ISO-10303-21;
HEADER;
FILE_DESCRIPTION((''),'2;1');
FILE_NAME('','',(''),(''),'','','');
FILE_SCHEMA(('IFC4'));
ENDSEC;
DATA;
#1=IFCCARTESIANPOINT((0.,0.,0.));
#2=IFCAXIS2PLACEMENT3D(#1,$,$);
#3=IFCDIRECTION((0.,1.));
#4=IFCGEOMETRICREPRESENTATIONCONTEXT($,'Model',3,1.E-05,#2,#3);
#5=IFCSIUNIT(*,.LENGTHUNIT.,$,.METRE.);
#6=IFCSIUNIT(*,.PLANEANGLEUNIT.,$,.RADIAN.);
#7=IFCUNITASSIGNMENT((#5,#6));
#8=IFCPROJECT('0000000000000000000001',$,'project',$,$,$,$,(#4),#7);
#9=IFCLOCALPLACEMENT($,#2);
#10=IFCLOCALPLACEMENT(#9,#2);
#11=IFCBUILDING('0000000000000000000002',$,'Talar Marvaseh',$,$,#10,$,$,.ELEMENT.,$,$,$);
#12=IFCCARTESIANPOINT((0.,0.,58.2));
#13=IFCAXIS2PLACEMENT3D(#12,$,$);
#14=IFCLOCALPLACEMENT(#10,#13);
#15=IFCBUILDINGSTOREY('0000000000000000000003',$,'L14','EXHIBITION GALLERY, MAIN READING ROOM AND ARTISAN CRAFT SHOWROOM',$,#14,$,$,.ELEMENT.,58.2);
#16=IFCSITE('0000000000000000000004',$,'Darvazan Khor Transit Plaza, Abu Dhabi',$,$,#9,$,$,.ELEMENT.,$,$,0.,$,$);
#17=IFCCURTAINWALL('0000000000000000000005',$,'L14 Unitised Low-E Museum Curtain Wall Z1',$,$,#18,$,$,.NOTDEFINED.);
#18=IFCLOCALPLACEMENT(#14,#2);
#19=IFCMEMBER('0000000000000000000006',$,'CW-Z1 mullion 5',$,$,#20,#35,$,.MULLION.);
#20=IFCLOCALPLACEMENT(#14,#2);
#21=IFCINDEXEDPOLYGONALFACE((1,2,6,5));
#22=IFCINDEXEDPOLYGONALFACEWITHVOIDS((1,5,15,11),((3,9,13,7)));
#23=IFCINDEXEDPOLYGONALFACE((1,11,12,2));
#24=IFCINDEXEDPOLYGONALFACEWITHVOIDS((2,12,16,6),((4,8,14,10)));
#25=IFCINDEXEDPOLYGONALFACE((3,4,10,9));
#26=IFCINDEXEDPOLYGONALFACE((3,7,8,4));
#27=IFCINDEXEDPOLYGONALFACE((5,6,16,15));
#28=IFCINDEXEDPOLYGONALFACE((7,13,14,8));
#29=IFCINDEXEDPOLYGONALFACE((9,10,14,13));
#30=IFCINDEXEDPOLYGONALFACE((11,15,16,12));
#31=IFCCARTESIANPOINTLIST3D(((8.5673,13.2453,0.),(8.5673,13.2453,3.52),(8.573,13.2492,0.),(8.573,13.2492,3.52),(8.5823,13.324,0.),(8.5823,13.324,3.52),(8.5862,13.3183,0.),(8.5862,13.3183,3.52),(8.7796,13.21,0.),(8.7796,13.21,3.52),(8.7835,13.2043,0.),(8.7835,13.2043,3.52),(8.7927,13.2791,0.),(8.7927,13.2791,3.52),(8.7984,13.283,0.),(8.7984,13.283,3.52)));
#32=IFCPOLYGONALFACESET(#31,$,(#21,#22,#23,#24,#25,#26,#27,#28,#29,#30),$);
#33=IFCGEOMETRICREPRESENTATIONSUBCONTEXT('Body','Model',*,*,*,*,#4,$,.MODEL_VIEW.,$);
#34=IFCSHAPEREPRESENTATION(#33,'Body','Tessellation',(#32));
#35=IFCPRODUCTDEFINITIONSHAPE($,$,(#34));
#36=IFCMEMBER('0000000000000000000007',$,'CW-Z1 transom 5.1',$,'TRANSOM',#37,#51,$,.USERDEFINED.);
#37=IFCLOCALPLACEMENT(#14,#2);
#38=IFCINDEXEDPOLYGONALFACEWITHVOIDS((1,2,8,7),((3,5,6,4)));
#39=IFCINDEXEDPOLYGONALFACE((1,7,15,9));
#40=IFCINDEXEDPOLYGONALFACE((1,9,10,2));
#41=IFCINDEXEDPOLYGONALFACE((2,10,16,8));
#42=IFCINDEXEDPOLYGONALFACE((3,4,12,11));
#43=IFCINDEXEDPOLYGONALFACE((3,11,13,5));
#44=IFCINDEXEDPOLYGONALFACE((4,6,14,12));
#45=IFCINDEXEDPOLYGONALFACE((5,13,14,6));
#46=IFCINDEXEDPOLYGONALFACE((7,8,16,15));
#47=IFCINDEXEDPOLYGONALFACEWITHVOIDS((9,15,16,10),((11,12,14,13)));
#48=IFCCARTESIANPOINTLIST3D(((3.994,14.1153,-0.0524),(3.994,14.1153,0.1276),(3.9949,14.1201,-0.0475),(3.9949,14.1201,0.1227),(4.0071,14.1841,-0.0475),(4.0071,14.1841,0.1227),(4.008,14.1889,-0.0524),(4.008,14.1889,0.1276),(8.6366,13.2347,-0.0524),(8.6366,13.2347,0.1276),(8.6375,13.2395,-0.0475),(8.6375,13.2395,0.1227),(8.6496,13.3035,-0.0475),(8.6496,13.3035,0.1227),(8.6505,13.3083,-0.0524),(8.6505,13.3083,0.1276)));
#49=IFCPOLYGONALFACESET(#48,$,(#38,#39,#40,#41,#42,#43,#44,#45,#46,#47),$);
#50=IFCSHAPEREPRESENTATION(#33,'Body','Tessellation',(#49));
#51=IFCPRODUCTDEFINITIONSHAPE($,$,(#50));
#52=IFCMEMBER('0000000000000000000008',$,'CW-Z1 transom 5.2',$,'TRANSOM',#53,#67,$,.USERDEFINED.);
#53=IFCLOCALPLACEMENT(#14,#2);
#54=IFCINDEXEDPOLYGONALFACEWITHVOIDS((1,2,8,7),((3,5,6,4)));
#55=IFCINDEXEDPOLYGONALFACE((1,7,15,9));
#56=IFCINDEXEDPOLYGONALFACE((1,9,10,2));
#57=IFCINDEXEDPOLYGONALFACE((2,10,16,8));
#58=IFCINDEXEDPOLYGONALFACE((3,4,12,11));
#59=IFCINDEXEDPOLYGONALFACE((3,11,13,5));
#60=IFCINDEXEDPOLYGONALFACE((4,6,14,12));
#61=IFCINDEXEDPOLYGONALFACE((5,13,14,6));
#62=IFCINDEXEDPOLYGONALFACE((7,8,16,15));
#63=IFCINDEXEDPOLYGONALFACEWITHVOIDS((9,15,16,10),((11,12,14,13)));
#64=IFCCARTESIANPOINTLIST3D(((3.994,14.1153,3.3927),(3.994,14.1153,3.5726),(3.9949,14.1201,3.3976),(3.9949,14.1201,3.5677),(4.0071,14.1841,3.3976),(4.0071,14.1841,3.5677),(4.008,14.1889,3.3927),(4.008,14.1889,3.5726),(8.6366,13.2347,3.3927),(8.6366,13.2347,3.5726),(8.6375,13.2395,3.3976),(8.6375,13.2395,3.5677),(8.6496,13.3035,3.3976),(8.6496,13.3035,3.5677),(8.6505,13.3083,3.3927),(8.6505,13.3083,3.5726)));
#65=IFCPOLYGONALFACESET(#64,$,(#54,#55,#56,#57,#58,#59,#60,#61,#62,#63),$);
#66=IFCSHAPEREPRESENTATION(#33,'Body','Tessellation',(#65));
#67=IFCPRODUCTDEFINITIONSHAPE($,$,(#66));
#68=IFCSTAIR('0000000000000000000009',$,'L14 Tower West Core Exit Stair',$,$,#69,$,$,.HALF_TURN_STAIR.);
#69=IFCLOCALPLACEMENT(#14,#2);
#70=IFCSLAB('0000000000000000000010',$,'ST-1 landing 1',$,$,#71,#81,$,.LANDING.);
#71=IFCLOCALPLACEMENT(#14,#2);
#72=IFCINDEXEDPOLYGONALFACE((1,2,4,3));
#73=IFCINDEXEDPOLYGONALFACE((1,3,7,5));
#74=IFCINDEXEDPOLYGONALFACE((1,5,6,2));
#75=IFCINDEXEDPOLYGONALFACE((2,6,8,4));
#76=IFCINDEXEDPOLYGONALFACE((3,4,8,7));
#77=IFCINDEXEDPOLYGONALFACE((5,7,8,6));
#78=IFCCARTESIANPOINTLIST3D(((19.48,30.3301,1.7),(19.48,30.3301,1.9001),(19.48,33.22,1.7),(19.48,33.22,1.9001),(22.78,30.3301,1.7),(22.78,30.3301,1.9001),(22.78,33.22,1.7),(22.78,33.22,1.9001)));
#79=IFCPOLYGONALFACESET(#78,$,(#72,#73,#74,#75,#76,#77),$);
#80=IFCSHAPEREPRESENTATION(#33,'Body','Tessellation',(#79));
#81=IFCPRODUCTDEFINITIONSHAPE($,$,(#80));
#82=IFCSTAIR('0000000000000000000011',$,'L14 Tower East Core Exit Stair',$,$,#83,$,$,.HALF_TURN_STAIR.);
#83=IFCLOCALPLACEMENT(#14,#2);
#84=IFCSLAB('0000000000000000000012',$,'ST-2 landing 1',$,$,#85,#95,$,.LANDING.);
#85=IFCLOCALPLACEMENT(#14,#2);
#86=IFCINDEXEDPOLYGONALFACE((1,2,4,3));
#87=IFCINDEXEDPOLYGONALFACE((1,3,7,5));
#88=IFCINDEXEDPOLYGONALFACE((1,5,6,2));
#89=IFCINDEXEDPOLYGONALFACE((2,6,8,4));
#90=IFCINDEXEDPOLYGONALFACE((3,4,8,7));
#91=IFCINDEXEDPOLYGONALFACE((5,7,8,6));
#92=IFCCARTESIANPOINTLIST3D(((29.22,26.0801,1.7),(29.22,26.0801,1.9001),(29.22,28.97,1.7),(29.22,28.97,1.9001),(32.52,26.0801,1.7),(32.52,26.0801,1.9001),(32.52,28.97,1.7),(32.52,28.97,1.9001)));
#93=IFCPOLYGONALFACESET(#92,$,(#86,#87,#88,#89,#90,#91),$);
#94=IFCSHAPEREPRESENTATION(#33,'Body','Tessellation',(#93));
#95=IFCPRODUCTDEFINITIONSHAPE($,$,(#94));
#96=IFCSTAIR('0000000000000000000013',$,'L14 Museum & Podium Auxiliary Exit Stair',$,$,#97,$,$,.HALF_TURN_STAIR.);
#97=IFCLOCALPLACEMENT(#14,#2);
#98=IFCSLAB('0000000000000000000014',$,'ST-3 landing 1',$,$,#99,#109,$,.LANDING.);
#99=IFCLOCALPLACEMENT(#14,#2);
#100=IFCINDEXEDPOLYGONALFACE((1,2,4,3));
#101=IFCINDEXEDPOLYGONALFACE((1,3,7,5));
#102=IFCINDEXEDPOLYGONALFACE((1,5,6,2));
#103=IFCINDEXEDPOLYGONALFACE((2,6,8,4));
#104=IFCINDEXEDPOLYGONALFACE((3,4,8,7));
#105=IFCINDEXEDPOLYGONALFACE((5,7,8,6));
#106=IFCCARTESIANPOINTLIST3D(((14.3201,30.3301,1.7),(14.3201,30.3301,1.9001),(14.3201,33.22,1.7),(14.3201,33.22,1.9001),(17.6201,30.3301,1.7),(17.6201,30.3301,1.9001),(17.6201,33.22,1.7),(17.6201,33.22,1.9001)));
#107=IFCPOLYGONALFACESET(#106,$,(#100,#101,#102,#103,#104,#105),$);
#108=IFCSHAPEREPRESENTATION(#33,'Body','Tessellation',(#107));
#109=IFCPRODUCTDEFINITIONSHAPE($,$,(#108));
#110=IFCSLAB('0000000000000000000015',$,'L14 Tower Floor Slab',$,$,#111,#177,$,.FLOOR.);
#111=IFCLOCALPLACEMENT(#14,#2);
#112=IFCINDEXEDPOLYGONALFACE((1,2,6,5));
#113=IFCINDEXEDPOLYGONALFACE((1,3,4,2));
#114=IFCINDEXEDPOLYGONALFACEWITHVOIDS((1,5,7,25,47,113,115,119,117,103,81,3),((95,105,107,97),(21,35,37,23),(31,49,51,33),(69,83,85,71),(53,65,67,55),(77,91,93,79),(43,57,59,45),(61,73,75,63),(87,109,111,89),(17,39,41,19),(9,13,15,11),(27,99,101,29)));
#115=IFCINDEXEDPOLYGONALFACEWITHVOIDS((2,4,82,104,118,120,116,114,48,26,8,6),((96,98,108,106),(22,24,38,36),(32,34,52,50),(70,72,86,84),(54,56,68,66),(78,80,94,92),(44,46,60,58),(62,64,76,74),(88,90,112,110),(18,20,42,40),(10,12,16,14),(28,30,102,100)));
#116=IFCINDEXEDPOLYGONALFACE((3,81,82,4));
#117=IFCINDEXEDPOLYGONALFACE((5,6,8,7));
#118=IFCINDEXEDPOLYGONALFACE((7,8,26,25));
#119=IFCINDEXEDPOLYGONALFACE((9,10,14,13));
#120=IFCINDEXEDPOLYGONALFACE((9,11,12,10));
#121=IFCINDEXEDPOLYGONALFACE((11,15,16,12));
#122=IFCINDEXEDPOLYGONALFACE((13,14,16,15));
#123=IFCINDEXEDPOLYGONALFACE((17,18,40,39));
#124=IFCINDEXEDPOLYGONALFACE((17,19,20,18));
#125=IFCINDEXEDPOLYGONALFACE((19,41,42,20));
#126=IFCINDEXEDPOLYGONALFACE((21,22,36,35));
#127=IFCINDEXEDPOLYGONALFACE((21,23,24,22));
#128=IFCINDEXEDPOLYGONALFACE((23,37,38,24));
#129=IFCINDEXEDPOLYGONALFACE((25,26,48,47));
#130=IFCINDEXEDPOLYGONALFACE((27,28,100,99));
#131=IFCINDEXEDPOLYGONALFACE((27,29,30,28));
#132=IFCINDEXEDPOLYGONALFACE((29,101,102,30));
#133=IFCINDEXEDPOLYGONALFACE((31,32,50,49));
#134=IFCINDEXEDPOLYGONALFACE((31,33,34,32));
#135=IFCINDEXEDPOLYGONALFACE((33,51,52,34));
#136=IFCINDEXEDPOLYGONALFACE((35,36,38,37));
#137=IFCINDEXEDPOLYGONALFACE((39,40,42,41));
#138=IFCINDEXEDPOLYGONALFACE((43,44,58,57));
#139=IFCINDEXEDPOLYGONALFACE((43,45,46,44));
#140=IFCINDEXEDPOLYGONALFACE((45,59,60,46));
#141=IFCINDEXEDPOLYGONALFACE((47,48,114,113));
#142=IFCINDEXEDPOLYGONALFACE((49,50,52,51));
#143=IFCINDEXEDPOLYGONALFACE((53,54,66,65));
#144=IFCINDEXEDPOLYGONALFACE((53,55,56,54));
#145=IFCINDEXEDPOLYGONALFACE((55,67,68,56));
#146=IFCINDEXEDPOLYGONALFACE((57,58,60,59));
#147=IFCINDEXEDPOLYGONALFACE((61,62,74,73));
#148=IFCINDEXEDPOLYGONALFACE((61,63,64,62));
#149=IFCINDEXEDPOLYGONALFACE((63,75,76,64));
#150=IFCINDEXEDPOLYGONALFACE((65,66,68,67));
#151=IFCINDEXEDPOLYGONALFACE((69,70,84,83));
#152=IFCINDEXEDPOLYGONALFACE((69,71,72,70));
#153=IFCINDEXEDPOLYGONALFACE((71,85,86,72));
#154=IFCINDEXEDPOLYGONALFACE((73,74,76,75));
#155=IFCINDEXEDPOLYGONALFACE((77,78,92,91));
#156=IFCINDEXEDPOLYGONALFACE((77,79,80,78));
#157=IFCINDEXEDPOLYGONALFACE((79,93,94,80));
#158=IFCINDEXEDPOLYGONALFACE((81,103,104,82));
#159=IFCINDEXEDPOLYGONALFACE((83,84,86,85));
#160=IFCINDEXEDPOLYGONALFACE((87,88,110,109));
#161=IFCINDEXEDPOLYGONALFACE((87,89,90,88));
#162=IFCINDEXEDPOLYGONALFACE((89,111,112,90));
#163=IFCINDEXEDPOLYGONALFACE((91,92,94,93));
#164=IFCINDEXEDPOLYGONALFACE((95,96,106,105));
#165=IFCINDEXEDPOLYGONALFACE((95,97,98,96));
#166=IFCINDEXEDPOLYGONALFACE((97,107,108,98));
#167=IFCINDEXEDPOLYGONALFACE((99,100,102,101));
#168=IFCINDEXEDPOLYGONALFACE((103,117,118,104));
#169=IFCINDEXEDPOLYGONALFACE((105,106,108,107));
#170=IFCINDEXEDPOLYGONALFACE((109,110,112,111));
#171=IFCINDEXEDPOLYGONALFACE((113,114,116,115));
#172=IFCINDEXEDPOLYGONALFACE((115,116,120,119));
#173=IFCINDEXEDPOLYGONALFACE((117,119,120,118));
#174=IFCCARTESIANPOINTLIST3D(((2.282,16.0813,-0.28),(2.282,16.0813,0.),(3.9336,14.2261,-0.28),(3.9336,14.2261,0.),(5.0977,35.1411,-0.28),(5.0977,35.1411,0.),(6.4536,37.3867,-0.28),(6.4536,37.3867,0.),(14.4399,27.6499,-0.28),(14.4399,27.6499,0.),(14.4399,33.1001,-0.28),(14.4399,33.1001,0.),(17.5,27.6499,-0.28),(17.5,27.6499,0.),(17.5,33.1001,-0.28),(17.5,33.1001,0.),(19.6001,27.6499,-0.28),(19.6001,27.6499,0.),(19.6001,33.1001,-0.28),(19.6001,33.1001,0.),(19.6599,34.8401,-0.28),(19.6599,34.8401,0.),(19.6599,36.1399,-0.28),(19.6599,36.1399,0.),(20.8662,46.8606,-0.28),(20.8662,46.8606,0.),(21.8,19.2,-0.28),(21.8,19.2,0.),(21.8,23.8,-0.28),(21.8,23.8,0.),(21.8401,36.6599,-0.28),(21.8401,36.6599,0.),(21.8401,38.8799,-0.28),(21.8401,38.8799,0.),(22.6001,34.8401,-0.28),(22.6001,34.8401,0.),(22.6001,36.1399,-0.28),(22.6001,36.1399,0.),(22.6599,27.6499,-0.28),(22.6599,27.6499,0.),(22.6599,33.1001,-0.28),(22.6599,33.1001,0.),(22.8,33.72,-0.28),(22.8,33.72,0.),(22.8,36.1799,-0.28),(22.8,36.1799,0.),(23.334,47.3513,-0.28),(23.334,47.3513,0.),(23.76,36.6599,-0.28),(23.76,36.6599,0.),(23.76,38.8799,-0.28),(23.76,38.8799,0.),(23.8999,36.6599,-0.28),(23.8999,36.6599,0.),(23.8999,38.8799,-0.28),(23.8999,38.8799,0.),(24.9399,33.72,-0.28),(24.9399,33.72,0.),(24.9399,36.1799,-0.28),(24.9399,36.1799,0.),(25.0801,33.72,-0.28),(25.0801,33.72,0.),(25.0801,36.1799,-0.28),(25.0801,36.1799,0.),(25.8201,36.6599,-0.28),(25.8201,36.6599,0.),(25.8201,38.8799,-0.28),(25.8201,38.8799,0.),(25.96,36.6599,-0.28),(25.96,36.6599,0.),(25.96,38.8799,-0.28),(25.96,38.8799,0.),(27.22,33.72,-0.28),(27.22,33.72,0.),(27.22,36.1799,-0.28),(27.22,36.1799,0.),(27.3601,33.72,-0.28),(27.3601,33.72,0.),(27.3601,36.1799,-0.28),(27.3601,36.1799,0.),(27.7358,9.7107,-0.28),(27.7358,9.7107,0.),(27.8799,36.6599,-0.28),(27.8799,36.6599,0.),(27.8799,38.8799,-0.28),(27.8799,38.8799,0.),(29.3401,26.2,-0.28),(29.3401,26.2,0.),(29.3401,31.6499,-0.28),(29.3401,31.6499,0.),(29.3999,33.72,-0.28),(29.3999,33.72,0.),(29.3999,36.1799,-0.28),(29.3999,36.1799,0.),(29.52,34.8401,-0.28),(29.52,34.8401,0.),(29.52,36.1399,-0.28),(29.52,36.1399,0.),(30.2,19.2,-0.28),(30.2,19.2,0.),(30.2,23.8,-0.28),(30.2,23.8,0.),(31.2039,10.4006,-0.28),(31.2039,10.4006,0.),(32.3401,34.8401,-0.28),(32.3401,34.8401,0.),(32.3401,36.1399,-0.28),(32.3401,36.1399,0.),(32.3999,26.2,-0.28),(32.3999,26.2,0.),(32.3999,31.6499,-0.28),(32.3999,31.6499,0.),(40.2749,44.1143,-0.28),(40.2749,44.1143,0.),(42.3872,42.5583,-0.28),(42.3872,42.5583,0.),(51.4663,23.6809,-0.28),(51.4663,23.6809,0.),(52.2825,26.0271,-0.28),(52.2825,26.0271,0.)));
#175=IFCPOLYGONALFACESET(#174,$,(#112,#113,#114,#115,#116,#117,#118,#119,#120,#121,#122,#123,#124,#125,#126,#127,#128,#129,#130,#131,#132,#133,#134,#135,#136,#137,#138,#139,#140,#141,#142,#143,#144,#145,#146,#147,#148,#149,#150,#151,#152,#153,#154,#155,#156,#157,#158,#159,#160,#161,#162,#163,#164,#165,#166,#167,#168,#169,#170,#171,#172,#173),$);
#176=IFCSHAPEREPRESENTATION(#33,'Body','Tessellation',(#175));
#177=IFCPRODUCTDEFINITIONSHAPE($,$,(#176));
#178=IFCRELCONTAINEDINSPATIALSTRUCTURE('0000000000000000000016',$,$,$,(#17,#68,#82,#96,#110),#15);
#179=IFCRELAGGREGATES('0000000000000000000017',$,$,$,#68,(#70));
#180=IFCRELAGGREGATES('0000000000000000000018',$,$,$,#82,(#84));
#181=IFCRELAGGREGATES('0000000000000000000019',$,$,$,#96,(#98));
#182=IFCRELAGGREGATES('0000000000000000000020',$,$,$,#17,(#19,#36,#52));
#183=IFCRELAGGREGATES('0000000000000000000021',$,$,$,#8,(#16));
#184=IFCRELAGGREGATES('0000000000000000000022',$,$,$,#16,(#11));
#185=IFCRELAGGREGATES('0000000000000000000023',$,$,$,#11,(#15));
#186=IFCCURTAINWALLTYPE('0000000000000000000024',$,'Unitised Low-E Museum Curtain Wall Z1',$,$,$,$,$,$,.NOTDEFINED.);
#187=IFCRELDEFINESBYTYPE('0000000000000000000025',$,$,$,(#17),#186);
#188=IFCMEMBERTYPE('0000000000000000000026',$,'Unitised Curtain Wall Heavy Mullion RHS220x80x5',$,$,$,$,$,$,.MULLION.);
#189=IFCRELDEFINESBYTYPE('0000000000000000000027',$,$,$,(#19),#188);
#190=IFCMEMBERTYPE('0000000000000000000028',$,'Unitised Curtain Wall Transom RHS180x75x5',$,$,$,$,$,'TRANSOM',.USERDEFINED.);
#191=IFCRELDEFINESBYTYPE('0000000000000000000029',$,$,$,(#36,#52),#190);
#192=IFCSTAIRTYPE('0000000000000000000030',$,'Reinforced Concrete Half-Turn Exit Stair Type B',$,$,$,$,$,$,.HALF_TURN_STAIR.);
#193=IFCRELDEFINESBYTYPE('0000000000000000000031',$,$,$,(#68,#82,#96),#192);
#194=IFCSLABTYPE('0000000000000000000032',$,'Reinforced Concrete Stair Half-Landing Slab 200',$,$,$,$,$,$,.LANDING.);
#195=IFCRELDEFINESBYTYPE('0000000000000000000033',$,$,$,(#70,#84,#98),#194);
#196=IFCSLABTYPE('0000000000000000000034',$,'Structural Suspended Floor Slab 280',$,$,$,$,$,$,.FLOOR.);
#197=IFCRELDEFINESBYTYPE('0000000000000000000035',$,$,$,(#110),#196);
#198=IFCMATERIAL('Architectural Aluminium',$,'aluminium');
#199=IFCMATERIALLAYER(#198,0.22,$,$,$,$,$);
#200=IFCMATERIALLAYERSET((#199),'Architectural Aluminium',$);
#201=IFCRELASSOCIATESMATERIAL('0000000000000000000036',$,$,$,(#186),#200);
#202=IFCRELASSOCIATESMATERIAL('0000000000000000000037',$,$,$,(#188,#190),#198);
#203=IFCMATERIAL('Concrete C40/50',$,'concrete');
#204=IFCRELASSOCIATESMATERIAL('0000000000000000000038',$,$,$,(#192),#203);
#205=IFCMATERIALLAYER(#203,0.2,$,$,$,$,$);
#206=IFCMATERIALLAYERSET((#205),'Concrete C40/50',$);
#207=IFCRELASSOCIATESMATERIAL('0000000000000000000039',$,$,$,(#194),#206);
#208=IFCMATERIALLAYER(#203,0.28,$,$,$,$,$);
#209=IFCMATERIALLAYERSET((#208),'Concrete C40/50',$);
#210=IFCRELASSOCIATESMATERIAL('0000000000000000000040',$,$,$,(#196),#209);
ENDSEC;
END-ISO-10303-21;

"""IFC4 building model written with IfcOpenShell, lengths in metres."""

from ifc_helpers import new_model, si_unit, direction, frame, origin, origin_2d, place, context, subcontext, project, spatial, polyline, hollow_rectangle, outline, extrude, source, transform, mapped, material, layer, layer_set, material_profile, profile_set, type_object, type_shapes, element, aggregate, save


model = new_model("IFC4")

# Units and contexts
model_context = context("Model", 3, precision=1e-05, world=origin(), true_north=direction((0.0, 1.0)))
body_context = subcontext(model_context, "Body", "Model", "MODEL_VIEW")
ifc_project = project(units=[si_unit("LENGTHUNIT", "METRE"), si_unit("PLANEANGLEUNIT", "RADIAN")], contexts=[model_context])

# Site, building, storey
site_placement = place(None, origin())
site = spatial("IfcSite", under=ifc_project, at=site_placement, Name="Darvazan Khor Transit Plaza, Abu Dhabi", CompositionType="ELEMENT", RefElevation=0.0)
building_placement = place(site_placement, origin())
building = spatial("IfcBuilding", under=site, at=building_placement, Name="Talar Marvaseh", CompositionType="ELEMENT")
storey_placement = place(building_placement, frame((0.0, 0.0, 58.2)))
storey = spatial("IfcBuildingStorey", under=building, at=storey_placement, Name="L14", Description="EXHIBITION GALLERY, MAIN READING ROOM AND ARTISAN CRAFT SHOWROOM", CompositionType="ELEMENT", Elevation=58.2)

# Curtain wall, members
ifc_material_1 = material(Name="Architectural Aluminium", Category="aluminium")
ifc_layer_1 = layer(ifc_material_1, 0.22)
ifc_layer_set_1 = layer_set([ifc_layer_1], Name="Architectural Aluminium")
curtain_wall_type = type_object("IfcCurtainWallType", Name="Unitised Low-E Museum Curtain Wall Z1", PredefinedType="NOTDEFINED", material=ifc_layer_set_1)
curtain_wall_placement = place(storey_placement, origin())
curtain_wall = element("IfcCurtainWall", 1, at=curtain_wall_placement, inside=storey, type_object=curtain_wall_type, Name="L14 Unitised Low-E Museum Curtain Wall Z1", PredefinedType="NOTDEFINED")
ifc_material_profile_1 = material_profile(ifc_material_1, hollow_rectangle(XDim=0.0801, YDim=0.22, WallThickness=0.0049, at=origin_2d()), Name="RHS220x80x5")
ifc_profile_set_1 = profile_set([ifc_material_profile_1], Name="Architectural Aluminium")
member_type_1 = type_object("IfcMemberType", Name="Unitised Curtain Wall Heavy Mullion RHS220x80x5", PredefinedType="MULLION", material=ifc_profile_set_1)
shared_shape_1 = source(origin(), body_context, "Body", "SweptSolid", [
    extrude(hollow_rectangle(XDim=0.0801, YDim=0.22, WallThickness=0.0049, at=origin_2d()), origin(), (0.0, 0.0, 1.0), 3.52),
])
type_shapes(member_type_1, [shared_shape_1])
member_1_placement = place(storey_placement, frame((8.6829, 13.2642, 0.0), z_axis=(0.0, 0.0, 1.0), x_axis=(-0.186373, -0.982479, 0.0)))
member_1 = element("IfcMember", 2, at=member_1_placement, type_object=member_type_1, Name="CW-Z1 mullion 5", PredefinedType="MULLION", context=body_context, shape_type="MappedRepresentation", body=[
    mapped(shared_shape_1, transform((0.0, 0.0, 0.0), x_axis=(1.0, 0.0, 0.0), y_axis=(0.0, 1.0, 0.0), z_axis=(0.0, 0.0, 1.0), scale=1.0)),
])
ifc_material_profile_2 = material_profile(ifc_material_1, hollow_rectangle(XDim=0.075, YDim=0.1799, WallThickness=0.0049, at=origin_2d()), Name="RHS180x75x5")
ifc_profile_set_2 = profile_set([ifc_material_profile_2], Name="Architectural Aluminium")
member_type_2 = type_object("IfcMemberType", Name="Unitised Curtain Wall Transom RHS180x75x5", ElementType="TRANSOM", PredefinedType="USERDEFINED", material=ifc_profile_set_2)
shared_shape_2 = source(origin(), body_context, "Body", "SweptSolid", [
    extrude(hollow_rectangle(XDim=0.075, YDim=0.1799, WallThickness=0.0049, at=origin_2d()), origin(), (0.0, 0.0, 1.0), 4.7253),
])
type_shapes(member_type_2, [shared_shape_2])
member_2_placement = place(storey_placement, frame((8.6436, 13.2715, 0.0376), z_axis=(-0.982482, 0.186359, 0.0), x_axis=(-0.186359, -0.982482, 0.0)))
member_2 = element("IfcMember", 3, at=member_2_placement, type_object=member_type_2, Name="CW-Z1 transom 5.1", ObjectType="TRANSOM", PredefinedType="USERDEFINED", context=body_context, shape_type="MappedRepresentation", body=[
    mapped(shared_shape_2, transform((0.0, 0.0, 0.0), x_axis=(1.0, 0.0, 0.0), y_axis=(0.0, 1.0, 0.0), z_axis=(0.0, 0.0, 1.0), scale=1.0)),
])
member_3_placement = place(storey_placement, frame((8.6436, 13.2715, 3.4827), z_axis=(-0.982482, 0.186359, 0.0), x_axis=(-0.186359, -0.982482, 0.0)))
member_3 = element("IfcMember", 4, at=member_3_placement, type_object=member_type_2, Name="CW-Z1 transom 5.2", ObjectType="TRANSOM", PredefinedType="USERDEFINED", context=body_context, shape_type="MappedRepresentation", body=[
    mapped(shared_shape_2, transform((0.0, 0.0, 0.0), x_axis=(1.0, 0.0, 0.0), y_axis=(0.0, 1.0, 0.0), z_axis=(0.0, 0.0, 1.0), scale=1.0)),
])

# Stairs, slabs
ifc_material_2 = material(Name="Concrete C40/50", Category="concrete")
stair_type = type_object("IfcStairType", Name="Reinforced Concrete Half-Turn Exit Stair Type B", PredefinedType="HALF_TURN_STAIR", material=ifc_material_2)
stair_1_placement = place(storey_placement, origin())
stair_1 = element("IfcStair", 5, at=stair_1_placement, inside=storey, type_object=stair_type, Name="L14 Tower West Core Exit Stair", PredefinedType="HALF_TURN_STAIR")
ifc_layer_2 = layer(ifc_material_2, 0.2)
ifc_layer_set_2 = layer_set([ifc_layer_2], Name="Concrete C40/50")
slab_type_1 = type_object("IfcSlabType", Name="Reinforced Concrete Stair Half-Landing Slab 200", PredefinedType="LANDING", material=ifc_layer_set_2)
slab_1_placement = place(storey_placement, frame((0.0, 0.0, 1.7)))
slab_1 = element("IfcSlab", 6, at=slab_1_placement, type_object=slab_type_1, Name="ST-1 landing 1", PredefinedType="LANDING", context=body_context, shape_type="SweptSolid", body=[
    extrude(outline(polyline([(22.78, 30.3301), (22.78, 33.22), (19.48, 33.22), (19.48, 30.3301), (22.78, 30.3301)])), origin(), (0.0, 0.0, 1.0), 0.2002),
])
aggregate(stair_1, [slab_1])
stair_2_placement = place(storey_placement, origin())
stair_2 = element("IfcStair", 7, at=stair_2_placement, inside=storey, type_object=stair_type, Name="L14 Tower East Core Exit Stair", PredefinedType="HALF_TURN_STAIR")
slab_2_placement = place(storey_placement, frame((0.0, 0.0, 1.7)))
slab_2 = element("IfcSlab", 8, at=slab_2_placement, type_object=slab_type_1, Name="ST-2 landing 1", PredefinedType="LANDING", context=body_context, shape_type="SweptSolid", body=[
    extrude(outline(polyline([(29.22, 28.97), (29.22, 26.0801), (32.52, 26.0801), (32.52, 28.97), (29.22, 28.97)])), origin(), (0.0, 0.0, 1.0), 0.2002),
])
aggregate(stair_2, [slab_2])
stair_3_placement = place(storey_placement, origin())
stair_3 = element("IfcStair", 9, at=stair_3_placement, inside=storey, type_object=stair_type, Name="L14 Museum & Podium Auxiliary Exit Stair", PredefinedType="HALF_TURN_STAIR")
slab_3_placement = place(storey_placement, frame((0.0, 0.0, 1.7)))
slab_3 = element("IfcSlab", 10, at=slab_3_placement, type_object=slab_type_1, Name="ST-3 landing 1", PredefinedType="LANDING", context=body_context, shape_type="SweptSolid", body=[
    extrude(outline(polyline([(17.6201, 30.3301), (17.6201, 33.22), (14.3201, 33.22), (14.3201, 30.3301), (17.6201, 30.3301)])), origin(), (0.0, 0.0, 1.0), 0.2002),
])
aggregate(stair_3, [slab_3])

# Slab
ifc_layer_3 = layer(ifc_material_2, 0.28)
ifc_layer_set_3 = layer_set([ifc_layer_3], Name="Concrete C40/50")
slab_type_2 = type_object("IfcSlabType", Name="Structural Suspended Floor Slab 280", PredefinedType="FLOOR", material=ifc_layer_set_3)
slab_4_placement = place(storey_placement, frame((0.0, 0.0, -0.28)))
element("IfcSlab", 11, at=slab_4_placement, inside=storey, type_object=slab_type_2, Name="L14 Tower Floor Slab", PredefinedType="FLOOR", context=body_context, shape_type="SweptSolid", body=[
    extrude(outline(polyline([(3.9336, 14.2261), (2.282, 16.0813), (5.0977, 35.1411), (6.4536, 37.3867), (20.8662, 46.8606), (23.334, 47.3513), (40.2749, 44.1143), (42.3872, 42.5583), (52.2825, 26.0271), (51.4663, 23.6809), (31.2039, 10.4006), (27.7358, 9.7107), (3.9336, 14.2261)]), holes=[polyline([(22.6599, 27.6499), (22.6599, 33.1001), (19.6001, 33.1001), (19.6001, 27.6499), (22.6599, 27.6499)]), polyline([(29.3401, 31.6499), (29.3401, 26.2), (32.3999, 26.2), (32.3999, 31.6499), (29.3401, 31.6499)]), polyline([(17.5, 27.6499), (17.5, 33.1001), (14.4399, 33.1001), (14.4399, 27.6499), (17.5, 27.6499)]), polyline([(22.8, 33.72), (24.9399, 33.72), (24.9399, 36.1799), (22.8, 36.1799), (22.8, 33.72)]), polyline([(25.0801, 33.72), (27.22, 33.72), (27.22, 36.1799), (25.0801, 36.1799), (25.0801, 33.72)]), polyline([(27.3601, 33.72), (29.3999, 33.72), (29.3999, 36.1799), (27.3601, 36.1799), (27.3601, 33.72)]), polyline([(21.8401, 36.6599), (23.76, 36.6599), (23.76, 38.8799), (21.8401, 38.8799), (21.8401, 36.6599)]), polyline([(23.8999, 36.6599), (25.8201, 36.6599), (25.8201, 38.8799), (23.8999, 38.8799), (23.8999, 36.6599)]), polyline([(25.96, 36.6599), (27.8799, 36.6599), (27.8799, 38.8799), (25.96, 38.8799), (25.96, 36.6599)]), polyline([(19.6599, 34.8401), (22.6001, 34.8401), (22.6001, 36.1399), (19.6599, 36.1399), (19.6599, 34.8401)]), polyline([(29.52, 34.8401), (32.3401, 34.8401), (32.3401, 36.1399), (29.52, 36.1399), (29.52, 34.8401)]), polyline([(21.8, 19.2), (30.2, 19.2), (30.2, 23.8), (21.8, 23.8), (21.8, 19.2)])]), origin(), (0.0, 0.0, 1.0), 0.28),
])

aggregate(curtain_wall, [member_1, member_2, member_3])

save(model, "model.ifc")
